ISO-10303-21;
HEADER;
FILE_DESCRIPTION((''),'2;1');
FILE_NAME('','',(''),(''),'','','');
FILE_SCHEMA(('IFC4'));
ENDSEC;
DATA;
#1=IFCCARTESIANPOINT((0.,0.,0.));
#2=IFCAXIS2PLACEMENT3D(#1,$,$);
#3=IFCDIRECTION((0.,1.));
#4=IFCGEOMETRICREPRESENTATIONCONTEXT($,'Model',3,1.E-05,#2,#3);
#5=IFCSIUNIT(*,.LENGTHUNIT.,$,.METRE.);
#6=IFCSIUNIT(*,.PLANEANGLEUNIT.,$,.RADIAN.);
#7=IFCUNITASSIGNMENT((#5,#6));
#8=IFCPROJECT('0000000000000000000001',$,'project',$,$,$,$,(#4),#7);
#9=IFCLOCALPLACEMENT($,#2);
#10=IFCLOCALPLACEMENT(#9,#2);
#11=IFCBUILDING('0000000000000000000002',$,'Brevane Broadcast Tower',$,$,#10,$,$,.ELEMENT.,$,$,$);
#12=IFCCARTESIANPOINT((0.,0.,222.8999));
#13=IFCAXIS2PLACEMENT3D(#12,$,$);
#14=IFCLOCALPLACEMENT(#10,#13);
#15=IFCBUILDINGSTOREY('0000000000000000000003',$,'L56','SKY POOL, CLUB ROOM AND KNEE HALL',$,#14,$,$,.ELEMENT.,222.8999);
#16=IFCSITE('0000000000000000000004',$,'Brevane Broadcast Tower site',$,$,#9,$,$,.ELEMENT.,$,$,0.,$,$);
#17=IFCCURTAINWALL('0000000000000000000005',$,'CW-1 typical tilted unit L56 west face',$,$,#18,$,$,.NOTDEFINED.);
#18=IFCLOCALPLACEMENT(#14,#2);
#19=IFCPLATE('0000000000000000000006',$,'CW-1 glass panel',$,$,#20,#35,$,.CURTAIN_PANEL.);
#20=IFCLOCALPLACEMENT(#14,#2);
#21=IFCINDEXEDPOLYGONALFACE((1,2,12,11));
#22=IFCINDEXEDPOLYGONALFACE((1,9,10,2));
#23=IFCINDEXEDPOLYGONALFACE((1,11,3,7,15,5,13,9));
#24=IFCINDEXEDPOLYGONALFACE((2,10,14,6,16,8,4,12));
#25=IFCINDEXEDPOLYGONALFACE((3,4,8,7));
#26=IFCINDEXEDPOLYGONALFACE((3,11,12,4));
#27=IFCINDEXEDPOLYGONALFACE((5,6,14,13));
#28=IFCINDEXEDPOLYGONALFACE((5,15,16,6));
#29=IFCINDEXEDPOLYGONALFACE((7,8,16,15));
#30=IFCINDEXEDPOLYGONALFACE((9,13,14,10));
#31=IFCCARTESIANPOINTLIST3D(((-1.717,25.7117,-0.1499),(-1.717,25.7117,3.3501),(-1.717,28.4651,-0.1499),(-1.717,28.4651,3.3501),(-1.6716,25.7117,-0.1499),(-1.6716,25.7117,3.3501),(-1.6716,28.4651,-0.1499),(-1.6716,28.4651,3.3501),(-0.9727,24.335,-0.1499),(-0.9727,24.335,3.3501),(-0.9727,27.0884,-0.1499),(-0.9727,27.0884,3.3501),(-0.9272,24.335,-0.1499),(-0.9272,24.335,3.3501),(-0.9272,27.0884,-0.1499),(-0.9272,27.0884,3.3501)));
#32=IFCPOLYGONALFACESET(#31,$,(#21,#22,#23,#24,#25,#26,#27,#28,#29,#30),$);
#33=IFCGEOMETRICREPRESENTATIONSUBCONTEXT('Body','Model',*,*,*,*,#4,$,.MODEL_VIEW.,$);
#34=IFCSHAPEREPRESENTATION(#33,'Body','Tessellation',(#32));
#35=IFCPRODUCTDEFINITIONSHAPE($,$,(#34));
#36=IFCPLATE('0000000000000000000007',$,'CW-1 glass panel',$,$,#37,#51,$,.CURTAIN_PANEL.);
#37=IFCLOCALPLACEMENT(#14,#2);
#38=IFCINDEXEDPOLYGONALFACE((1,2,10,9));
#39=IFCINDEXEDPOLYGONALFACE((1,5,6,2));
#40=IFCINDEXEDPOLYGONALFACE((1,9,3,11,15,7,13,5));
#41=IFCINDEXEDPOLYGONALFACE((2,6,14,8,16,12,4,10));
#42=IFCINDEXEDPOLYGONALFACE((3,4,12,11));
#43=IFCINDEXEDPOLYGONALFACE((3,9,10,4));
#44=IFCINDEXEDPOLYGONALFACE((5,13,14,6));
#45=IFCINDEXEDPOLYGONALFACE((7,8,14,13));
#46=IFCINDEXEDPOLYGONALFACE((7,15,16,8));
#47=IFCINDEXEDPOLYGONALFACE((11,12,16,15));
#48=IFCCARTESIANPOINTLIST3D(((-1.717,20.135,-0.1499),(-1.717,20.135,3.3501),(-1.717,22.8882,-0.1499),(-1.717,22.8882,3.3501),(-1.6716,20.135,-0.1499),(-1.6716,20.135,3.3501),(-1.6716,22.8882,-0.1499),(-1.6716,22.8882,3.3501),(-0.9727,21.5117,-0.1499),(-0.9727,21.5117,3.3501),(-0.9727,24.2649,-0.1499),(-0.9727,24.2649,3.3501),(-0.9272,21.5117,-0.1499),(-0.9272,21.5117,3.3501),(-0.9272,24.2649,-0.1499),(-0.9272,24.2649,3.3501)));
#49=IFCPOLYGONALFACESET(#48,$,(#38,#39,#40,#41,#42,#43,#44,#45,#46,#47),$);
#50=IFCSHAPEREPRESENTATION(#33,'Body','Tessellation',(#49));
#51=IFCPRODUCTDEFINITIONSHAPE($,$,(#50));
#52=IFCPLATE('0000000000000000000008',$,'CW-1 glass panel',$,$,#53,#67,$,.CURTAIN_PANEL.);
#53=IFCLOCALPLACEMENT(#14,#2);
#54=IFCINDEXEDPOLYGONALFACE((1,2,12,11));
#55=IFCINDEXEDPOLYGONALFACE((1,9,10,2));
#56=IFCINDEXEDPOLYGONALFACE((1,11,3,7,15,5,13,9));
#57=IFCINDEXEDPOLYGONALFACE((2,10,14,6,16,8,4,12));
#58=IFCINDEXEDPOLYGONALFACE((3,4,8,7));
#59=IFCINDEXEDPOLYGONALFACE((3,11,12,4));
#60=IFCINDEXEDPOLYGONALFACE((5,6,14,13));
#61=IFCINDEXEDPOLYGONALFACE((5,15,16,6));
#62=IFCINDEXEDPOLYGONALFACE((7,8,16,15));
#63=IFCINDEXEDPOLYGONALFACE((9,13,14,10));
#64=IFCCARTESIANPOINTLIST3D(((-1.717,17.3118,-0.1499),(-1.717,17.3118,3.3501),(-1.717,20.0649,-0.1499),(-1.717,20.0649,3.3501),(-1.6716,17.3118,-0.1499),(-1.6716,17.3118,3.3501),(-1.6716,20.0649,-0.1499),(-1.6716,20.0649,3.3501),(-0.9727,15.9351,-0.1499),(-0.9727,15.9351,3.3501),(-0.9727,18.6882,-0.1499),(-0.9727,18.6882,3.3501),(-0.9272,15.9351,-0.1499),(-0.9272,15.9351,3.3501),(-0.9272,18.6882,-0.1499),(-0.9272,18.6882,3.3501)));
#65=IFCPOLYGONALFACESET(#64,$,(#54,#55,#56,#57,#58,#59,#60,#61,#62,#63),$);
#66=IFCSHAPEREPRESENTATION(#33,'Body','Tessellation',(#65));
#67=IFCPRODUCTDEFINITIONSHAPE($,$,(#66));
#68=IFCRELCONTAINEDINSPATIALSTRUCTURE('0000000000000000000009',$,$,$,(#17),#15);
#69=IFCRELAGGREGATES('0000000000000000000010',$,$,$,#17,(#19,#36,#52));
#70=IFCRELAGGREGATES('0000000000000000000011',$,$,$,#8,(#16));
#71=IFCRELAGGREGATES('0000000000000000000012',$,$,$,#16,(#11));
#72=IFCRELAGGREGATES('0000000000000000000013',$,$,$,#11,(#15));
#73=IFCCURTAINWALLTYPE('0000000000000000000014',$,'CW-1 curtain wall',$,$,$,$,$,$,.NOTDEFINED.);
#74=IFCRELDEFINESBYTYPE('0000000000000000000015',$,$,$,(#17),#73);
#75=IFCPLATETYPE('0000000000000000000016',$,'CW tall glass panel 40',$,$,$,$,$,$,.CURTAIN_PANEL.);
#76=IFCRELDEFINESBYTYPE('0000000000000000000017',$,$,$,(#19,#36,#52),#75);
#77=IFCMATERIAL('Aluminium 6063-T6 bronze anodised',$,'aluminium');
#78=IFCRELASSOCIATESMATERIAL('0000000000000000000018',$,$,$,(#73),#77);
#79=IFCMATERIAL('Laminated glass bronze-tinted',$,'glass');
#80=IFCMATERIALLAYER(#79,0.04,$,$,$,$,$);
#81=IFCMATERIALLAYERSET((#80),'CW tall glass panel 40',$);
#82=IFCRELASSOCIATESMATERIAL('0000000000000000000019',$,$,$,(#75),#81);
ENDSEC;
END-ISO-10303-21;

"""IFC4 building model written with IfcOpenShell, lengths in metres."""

from ifc_helpers import new_model, si_unit, direction, frame, origin, place, context, subcontext, project, spatial, polyline, outline, extrude, material, layer, layer_set, type_object, element, aggregate, save


model = new_model("IFC4")

# Units and contexts
model_context = context("Model", 3, precision=1e-05, world=origin(), true_north=direction((0.0, 1.0)))
body_context = subcontext(model_context, "Body", "Model", "MODEL_VIEW")
ifc_project = project(units=[si_unit("LENGTHUNIT", "METRE"), si_unit("PLANEANGLEUNIT", "RADIAN")], contexts=[model_context])

# Site, building, storey
site_placement = place(None, origin())
site = spatial("IfcSite", under=ifc_project, at=site_placement, Name="Brevane Broadcast Tower site", CompositionType="ELEMENT", RefElevation=0.0)
building_placement = place(site_placement, origin())
building = spatial("IfcBuilding", under=site, at=building_placement, Name="Brevane Broadcast Tower", CompositionType="ELEMENT")
storey_placement = place(building_placement, frame((0.0, 0.0, 222.8999)))
storey = spatial("IfcBuildingStorey", under=building, at=storey_placement, Name="L56", Description="SKY POOL, CLUB ROOM AND KNEE HALL", CompositionType="ELEMENT", Elevation=222.8999)

# Curtain wall, plates
ifc_material_1 = material(Name="Aluminium 6063-T6 bronze anodised", Category="aluminium")
curtain_wall_type = type_object("IfcCurtainWallType", Name="CW-1 curtain wall", PredefinedType="NOTDEFINED", material=ifc_material_1)
ifc_material_2 = material(Name="Laminated glass bronze-tinted", Category="glass")
ifc_layer = layer(ifc_material_2, 0.04)
ifc_layer_set = layer_set([ifc_layer], Name="CW tall glass panel 40")
plate_type = type_object("IfcPlateType", Name="CW tall glass panel 40", PredefinedType="CURTAIN_PANEL", material=ifc_layer_set)
curtain_wall_1_placement = place(storey_placement, origin())
curtain_wall_1 = element("IfcCurtainWall", 1, at=curtain_wall_1_placement, inside=storey, type_object=curtain_wall_type, Name="CW-1 typical tilted unit L56 west face", PredefinedType="NOTDEFINED")
plate_1_placement = place(storey_placement, frame((0.0, 0.0, -0.1499)))
plate_1 = element("IfcPlate", 2, at=plate_1_placement, type_object=plate_type, Name="CW-1 glass panel", PredefinedType="CURTAIN_PANEL", context=body_context, shape_type="SweptSolid", body=[
    extrude(outline(polyline([(-1.6716, 28.4651), (-1.717, 28.4651), (-0.9727, 27.0884), (-1.717, 25.7117), (-0.9727, 24.335), (-0.9272, 24.335), (-1.6716, 25.7117), (-0.9272, 27.0884), (-1.6716, 28.4651)])), origin(), (0.0, 0.0, 1.0), 3.5),
])
plate_2_placement = place(storey_placement, frame((0.0, 0.0, -0.1499)))
plate_2 = element("IfcPlate", 3, at=plate_2_placement, type_object=plate_type, Name="CW-1 glass panel", PredefinedType="CURTAIN_PANEL", context=body_context, shape_type="SweptSolid", body=[
    extrude(outline(polyline([(-0.9272, 24.2649), (-0.9727, 24.2649), (-1.717, 22.8882), (-0.9727, 21.5117), (-1.717, 20.135), (-1.6716, 20.135), (-0.9272, 21.5117), (-1.6716, 22.8882), (-0.9272, 24.2649)])), origin(), (0.0, 0.0, 1.0), 3.5),
])
plate_3_placement = place(storey_placement, frame((0.0, 0.0, -0.1499)))
plate_3 = element("IfcPlate", 4, at=plate_3_placement, type_object=plate_type, Name="CW-1 glass panel", PredefinedType="CURTAIN_PANEL", context=body_context, shape_type="SweptSolid", body=[
    extrude(outline(polyline([(-1.6716, 20.0649), (-1.717, 20.0649), (-0.9727, 18.6882), (-1.717, 17.3118), (-0.9727, 15.9351), (-0.9272, 15.9351), (-1.6716, 17.3118), (-0.9272, 18.6882), (-1.6716, 20.0649)])), origin(), (0.0, 0.0, 1.0), 3.5),
])
aggregate(curtain_wall_1, [plate_1, plate_2, plate_3])

save(model, "model.ifc")
